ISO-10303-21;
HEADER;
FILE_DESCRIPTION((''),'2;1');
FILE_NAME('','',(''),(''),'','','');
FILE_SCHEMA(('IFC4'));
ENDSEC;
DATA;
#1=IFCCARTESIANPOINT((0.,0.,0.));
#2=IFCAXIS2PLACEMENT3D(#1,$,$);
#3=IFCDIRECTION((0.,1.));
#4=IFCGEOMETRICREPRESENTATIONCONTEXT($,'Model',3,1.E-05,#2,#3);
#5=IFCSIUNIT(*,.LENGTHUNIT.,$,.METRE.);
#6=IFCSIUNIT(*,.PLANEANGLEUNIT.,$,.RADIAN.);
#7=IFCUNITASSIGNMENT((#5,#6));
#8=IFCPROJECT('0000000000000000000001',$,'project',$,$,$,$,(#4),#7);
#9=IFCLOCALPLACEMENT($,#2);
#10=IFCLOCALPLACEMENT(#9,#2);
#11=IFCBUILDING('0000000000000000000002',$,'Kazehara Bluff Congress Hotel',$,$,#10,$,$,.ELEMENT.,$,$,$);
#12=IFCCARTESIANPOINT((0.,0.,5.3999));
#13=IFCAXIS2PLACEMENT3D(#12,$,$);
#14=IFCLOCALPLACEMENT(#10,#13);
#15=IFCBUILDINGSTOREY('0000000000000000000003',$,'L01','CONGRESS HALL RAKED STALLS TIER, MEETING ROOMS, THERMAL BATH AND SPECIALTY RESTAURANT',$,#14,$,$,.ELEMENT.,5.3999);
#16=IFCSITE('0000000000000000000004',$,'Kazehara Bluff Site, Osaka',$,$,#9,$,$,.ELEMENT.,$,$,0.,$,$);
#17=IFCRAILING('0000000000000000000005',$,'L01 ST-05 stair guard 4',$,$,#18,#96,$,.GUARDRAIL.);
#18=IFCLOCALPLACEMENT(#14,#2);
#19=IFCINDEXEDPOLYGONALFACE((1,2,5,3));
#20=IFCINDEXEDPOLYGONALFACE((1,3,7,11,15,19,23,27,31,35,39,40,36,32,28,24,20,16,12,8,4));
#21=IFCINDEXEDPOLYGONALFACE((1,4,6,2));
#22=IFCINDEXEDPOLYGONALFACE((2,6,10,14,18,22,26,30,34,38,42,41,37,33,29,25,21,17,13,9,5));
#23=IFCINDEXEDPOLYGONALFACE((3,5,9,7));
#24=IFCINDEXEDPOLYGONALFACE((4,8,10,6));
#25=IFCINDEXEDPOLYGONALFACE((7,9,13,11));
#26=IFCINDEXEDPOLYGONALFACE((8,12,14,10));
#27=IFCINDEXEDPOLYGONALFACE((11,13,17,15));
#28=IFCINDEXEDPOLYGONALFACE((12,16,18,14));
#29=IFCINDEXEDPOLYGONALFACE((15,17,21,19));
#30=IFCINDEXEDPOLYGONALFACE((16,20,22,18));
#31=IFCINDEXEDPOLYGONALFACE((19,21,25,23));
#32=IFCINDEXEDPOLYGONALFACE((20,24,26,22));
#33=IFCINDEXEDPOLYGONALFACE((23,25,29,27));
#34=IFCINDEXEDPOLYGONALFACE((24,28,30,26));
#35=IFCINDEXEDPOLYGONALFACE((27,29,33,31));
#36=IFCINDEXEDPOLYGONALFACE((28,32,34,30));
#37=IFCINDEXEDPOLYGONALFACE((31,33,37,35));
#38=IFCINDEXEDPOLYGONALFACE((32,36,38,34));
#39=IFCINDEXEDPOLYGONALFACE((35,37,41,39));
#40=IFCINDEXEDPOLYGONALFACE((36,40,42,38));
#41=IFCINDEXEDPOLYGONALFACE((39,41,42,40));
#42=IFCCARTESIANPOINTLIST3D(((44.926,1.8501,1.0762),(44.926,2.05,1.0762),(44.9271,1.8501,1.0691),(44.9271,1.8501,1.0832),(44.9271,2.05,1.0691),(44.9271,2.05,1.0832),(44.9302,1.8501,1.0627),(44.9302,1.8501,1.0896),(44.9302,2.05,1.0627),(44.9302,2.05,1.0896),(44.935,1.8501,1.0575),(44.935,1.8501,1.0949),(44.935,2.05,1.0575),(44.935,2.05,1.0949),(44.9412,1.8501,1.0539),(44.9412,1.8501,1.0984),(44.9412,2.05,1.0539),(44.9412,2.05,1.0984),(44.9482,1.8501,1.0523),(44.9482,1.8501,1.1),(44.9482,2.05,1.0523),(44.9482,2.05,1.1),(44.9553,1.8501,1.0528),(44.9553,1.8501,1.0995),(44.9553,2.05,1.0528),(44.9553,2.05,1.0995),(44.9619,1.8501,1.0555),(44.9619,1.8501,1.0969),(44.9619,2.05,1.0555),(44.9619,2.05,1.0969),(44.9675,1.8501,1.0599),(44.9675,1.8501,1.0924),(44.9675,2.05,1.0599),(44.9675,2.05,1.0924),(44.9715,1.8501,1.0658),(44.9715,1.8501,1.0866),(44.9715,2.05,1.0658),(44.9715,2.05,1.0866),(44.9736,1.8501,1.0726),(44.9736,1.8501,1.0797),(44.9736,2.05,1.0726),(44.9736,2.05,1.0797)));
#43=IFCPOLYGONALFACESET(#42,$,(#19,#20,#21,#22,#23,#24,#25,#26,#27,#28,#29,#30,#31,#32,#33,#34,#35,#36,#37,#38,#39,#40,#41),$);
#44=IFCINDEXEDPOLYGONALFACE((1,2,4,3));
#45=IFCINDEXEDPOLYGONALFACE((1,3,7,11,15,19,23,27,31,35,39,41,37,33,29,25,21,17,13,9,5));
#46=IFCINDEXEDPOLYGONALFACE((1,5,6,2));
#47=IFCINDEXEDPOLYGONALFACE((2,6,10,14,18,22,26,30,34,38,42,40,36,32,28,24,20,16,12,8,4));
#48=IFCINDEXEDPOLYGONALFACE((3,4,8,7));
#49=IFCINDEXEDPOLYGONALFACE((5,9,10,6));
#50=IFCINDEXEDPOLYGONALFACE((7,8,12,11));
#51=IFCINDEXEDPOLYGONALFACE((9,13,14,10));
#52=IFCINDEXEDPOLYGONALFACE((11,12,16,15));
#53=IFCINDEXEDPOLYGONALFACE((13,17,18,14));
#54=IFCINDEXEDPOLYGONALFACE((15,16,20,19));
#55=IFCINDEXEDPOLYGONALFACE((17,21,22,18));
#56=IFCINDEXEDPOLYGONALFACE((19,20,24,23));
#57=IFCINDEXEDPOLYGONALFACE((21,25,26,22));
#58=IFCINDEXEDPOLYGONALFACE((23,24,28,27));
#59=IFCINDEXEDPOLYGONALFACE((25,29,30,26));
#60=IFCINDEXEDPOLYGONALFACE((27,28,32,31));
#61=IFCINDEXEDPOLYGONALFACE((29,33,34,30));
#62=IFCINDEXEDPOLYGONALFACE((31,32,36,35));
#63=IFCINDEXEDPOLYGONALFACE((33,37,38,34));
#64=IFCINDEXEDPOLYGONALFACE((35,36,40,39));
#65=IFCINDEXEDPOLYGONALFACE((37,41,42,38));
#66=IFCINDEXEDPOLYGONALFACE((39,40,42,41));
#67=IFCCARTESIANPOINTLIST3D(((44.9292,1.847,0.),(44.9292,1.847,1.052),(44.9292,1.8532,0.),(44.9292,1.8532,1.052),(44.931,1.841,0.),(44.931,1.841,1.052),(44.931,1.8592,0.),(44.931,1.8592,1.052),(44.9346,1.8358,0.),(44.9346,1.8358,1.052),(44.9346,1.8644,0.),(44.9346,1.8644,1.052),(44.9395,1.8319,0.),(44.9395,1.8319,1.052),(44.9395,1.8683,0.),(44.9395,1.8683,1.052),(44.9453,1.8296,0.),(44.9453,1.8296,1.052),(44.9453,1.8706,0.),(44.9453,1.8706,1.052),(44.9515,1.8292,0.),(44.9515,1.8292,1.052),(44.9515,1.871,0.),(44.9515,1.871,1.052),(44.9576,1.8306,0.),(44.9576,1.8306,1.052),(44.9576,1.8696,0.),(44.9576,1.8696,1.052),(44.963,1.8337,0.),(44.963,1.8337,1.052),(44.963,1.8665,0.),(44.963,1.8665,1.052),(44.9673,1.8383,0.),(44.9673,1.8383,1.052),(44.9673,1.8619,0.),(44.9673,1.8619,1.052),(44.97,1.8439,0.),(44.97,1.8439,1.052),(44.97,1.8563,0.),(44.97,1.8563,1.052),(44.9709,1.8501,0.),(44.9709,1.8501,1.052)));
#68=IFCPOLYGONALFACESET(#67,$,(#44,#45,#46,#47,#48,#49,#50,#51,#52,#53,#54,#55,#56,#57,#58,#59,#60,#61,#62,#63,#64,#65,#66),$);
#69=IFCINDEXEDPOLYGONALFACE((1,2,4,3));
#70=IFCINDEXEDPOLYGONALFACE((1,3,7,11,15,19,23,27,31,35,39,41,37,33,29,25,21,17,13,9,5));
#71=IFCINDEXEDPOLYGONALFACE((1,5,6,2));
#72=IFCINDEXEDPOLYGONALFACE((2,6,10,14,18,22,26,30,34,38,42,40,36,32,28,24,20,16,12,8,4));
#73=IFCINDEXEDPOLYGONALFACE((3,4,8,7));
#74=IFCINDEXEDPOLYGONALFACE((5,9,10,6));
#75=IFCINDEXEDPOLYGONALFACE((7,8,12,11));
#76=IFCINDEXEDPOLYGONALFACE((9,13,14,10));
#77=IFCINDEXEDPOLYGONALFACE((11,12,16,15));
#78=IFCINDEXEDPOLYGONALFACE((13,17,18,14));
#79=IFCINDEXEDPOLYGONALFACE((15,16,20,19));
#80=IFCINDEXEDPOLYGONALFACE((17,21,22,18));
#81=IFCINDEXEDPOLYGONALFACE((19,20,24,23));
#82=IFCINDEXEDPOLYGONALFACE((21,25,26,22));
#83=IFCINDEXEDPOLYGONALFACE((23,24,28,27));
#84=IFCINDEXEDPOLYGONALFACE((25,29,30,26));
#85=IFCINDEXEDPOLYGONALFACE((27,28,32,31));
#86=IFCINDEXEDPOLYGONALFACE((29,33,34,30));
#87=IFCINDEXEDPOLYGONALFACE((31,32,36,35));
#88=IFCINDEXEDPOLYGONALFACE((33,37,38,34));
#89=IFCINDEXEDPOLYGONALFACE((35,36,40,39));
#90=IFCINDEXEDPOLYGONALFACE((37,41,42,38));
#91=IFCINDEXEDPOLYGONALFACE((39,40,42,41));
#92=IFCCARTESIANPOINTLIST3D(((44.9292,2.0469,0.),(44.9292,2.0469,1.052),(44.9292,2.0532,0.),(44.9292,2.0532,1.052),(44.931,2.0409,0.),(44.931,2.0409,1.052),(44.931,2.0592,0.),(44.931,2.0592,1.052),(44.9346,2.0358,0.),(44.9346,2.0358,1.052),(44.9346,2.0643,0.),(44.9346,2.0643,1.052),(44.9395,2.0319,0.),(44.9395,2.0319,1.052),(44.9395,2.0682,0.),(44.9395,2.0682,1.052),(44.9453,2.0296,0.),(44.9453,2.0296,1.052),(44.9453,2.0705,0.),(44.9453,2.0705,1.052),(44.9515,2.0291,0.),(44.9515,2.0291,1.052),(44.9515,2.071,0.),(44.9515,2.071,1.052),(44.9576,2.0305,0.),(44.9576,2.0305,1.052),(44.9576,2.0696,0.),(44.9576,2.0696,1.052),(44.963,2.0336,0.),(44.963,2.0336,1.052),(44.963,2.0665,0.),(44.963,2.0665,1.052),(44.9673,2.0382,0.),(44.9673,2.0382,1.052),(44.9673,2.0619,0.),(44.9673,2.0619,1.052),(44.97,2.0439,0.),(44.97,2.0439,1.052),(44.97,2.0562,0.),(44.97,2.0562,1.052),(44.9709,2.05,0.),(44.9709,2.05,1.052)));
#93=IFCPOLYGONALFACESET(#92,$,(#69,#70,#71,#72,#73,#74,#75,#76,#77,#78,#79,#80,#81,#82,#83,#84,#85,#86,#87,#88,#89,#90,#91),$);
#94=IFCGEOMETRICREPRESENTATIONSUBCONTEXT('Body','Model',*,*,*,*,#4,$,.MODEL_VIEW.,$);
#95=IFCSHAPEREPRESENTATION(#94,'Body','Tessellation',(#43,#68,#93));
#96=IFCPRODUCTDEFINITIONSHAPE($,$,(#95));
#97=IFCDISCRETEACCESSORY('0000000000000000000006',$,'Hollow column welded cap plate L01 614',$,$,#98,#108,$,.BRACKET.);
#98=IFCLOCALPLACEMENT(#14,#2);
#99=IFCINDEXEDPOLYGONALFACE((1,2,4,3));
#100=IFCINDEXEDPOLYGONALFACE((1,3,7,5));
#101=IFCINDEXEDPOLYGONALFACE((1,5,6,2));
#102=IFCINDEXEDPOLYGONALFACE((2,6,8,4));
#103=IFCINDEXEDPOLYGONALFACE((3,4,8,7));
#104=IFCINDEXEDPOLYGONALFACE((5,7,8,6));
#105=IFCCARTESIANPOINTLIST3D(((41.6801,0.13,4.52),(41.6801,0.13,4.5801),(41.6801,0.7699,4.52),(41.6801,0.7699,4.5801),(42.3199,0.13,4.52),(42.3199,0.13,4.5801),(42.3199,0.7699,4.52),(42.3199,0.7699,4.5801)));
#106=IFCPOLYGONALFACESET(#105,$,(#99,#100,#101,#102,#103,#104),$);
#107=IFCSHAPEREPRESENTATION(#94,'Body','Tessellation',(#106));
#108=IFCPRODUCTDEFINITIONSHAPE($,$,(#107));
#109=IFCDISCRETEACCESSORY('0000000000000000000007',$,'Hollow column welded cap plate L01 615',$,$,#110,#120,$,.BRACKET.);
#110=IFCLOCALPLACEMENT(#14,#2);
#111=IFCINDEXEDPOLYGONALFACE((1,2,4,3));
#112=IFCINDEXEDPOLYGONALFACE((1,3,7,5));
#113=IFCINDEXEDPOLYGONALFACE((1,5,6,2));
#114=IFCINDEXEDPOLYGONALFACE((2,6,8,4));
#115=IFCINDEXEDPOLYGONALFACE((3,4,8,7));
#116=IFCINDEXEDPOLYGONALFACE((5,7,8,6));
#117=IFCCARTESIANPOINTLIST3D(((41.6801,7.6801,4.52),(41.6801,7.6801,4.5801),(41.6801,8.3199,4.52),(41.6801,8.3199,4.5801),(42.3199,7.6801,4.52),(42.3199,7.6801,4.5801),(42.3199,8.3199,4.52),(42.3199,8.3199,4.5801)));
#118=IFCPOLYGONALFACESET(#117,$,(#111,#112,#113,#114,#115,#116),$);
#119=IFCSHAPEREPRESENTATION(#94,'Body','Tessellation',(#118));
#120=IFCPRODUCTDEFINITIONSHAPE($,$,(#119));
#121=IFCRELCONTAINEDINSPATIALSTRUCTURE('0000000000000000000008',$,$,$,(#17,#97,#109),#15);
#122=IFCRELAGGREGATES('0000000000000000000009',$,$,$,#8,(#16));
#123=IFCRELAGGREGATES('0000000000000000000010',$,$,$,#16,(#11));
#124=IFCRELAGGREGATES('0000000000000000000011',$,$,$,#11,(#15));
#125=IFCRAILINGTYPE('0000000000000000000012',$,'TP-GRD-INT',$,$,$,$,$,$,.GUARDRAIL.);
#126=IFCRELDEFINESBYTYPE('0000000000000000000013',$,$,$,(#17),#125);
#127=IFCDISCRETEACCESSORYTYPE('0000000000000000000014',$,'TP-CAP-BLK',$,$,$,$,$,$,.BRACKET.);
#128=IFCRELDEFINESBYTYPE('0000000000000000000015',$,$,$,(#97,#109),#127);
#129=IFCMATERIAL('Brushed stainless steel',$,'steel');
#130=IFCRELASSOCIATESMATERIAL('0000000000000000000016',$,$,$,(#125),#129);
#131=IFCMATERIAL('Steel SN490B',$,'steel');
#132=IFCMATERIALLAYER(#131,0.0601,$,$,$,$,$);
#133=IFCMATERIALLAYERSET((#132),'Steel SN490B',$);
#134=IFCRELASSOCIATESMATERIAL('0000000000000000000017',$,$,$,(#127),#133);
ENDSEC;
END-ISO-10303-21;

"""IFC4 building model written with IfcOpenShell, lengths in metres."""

from ifc_helpers import new_model, si_unit, direction, frame, origin, origin_2d, place, context, subcontext, project, spatial, rectangle, circle, extrude, material, layer, layer_set, type_object, element, save


model = new_model("IFC4")

# Units and contexts
model_context = context("Model", 3, precision=1e-05, world=origin(), true_north=direction((0.0, 1.0)))
body_context = subcontext(model_context, "Body", "Model", "MODEL_VIEW")
ifc_project = project(units=[si_unit("LENGTHUNIT", "METRE"), si_unit("PLANEANGLEUNIT", "RADIAN")], contexts=[model_context])

# Site, building, storey
site_placement = place(None, origin())
site = spatial("IfcSite", under=ifc_project, at=site_placement, Name="Kazehara Bluff Site, Osaka", CompositionType="ELEMENT", RefElevation=0.0)
building_placement = place(site_placement, origin())
building = spatial("IfcBuilding", under=site, at=building_placement, Name="Kazehara Bluff Congress Hotel", CompositionType="ELEMENT")
storey_placement = place(building_placement, frame((0.0, 0.0, 5.3999)))
storey = spatial("IfcBuildingStorey", under=building, at=storey_placement, Name="L01", Description="CONGRESS HALL RAKED STALLS TIER, MEETING ROOMS, THERMAL BATH AND SPECIALTY RESTAURANT", CompositionType="ELEMENT", Elevation=5.3999)

# Railing
ifc_material_1 = material(Name="Brushed stainless steel", Category="steel")
railing_type = type_object("IfcRailingType", Name="TP-GRD-INT", PredefinedType="GUARDRAIL", material=ifc_material_1)
railing_placement = place(storey_placement, frame((44.95, 1.8501, 0.0)))
element("IfcRailing", 1, at=railing_placement, inside=storey, type_object=railing_type, Name="L01 ST-05 stair guard 4", PredefinedType="GUARDRAIL", context=body_context, shape_type="SweptSolid", body=[
    extrude(circle(Radius=0.0239, at=origin_2d()), frame((0.0, 0.0, 1.0762), z_axis=(0.0, 1.0, 0.0), x_axis=(-1.0, 0.0, 0.0)), (0.0, 0.0, 1.0), 0.2),
    extrude(circle(Radius=0.021, at=origin_2d()), origin(), (0.0, 0.0, 1.0), 1.052),
    extrude(circle(Radius=0.021, at=origin_2d()), frame((0.0, 0.2, 0.0)), (0.0, 0.0, 1.0), 1.052),
])

# Discrete accessories
ifc_material_2 = material(Name="Steel SN490B", Category="steel")
ifc_layer_1 = layer(ifc_material_2, 0.0601)
ifc_layer_set_1 = layer_set([ifc_layer_1], Name="Steel SN490B")
discrete_accessory_type = type_object("IfcDiscreteAccessoryType", Name="TP-CAP-BLK", PredefinedType="BRACKET", material=ifc_layer_set_1)
for number, where, z_axis, x_axis, name in (
    (2, (42.0, 0.45, 4.52), (0.0, 0.0, 1.0), (1.0, 0.0, 0.0), "Hollow column welded cap plate L01 614"),
    (3, (42.0, 8.0, 4.52), (0.0, 0.0, 1.0), (1.0, 0.0, 0.0), "Hollow column welded cap plate L01 615"),
):
    element("IfcDiscreteAccessory", number, at=place(storey_placement, frame(where, z_axis=z_axis, x_axis=x_axis)), inside=storey, type_object=discrete_accessory_type, Name=name, PredefinedType="BRACKET", context=body_context, shape_type="SweptSolid", body=[
        extrude(rectangle(XDim=0.6399, YDim=0.6399, at=origin_2d()), origin(), (0.0, 0.0, 1.0), 0.0601),
    ])

save(model, "model.ifc")
